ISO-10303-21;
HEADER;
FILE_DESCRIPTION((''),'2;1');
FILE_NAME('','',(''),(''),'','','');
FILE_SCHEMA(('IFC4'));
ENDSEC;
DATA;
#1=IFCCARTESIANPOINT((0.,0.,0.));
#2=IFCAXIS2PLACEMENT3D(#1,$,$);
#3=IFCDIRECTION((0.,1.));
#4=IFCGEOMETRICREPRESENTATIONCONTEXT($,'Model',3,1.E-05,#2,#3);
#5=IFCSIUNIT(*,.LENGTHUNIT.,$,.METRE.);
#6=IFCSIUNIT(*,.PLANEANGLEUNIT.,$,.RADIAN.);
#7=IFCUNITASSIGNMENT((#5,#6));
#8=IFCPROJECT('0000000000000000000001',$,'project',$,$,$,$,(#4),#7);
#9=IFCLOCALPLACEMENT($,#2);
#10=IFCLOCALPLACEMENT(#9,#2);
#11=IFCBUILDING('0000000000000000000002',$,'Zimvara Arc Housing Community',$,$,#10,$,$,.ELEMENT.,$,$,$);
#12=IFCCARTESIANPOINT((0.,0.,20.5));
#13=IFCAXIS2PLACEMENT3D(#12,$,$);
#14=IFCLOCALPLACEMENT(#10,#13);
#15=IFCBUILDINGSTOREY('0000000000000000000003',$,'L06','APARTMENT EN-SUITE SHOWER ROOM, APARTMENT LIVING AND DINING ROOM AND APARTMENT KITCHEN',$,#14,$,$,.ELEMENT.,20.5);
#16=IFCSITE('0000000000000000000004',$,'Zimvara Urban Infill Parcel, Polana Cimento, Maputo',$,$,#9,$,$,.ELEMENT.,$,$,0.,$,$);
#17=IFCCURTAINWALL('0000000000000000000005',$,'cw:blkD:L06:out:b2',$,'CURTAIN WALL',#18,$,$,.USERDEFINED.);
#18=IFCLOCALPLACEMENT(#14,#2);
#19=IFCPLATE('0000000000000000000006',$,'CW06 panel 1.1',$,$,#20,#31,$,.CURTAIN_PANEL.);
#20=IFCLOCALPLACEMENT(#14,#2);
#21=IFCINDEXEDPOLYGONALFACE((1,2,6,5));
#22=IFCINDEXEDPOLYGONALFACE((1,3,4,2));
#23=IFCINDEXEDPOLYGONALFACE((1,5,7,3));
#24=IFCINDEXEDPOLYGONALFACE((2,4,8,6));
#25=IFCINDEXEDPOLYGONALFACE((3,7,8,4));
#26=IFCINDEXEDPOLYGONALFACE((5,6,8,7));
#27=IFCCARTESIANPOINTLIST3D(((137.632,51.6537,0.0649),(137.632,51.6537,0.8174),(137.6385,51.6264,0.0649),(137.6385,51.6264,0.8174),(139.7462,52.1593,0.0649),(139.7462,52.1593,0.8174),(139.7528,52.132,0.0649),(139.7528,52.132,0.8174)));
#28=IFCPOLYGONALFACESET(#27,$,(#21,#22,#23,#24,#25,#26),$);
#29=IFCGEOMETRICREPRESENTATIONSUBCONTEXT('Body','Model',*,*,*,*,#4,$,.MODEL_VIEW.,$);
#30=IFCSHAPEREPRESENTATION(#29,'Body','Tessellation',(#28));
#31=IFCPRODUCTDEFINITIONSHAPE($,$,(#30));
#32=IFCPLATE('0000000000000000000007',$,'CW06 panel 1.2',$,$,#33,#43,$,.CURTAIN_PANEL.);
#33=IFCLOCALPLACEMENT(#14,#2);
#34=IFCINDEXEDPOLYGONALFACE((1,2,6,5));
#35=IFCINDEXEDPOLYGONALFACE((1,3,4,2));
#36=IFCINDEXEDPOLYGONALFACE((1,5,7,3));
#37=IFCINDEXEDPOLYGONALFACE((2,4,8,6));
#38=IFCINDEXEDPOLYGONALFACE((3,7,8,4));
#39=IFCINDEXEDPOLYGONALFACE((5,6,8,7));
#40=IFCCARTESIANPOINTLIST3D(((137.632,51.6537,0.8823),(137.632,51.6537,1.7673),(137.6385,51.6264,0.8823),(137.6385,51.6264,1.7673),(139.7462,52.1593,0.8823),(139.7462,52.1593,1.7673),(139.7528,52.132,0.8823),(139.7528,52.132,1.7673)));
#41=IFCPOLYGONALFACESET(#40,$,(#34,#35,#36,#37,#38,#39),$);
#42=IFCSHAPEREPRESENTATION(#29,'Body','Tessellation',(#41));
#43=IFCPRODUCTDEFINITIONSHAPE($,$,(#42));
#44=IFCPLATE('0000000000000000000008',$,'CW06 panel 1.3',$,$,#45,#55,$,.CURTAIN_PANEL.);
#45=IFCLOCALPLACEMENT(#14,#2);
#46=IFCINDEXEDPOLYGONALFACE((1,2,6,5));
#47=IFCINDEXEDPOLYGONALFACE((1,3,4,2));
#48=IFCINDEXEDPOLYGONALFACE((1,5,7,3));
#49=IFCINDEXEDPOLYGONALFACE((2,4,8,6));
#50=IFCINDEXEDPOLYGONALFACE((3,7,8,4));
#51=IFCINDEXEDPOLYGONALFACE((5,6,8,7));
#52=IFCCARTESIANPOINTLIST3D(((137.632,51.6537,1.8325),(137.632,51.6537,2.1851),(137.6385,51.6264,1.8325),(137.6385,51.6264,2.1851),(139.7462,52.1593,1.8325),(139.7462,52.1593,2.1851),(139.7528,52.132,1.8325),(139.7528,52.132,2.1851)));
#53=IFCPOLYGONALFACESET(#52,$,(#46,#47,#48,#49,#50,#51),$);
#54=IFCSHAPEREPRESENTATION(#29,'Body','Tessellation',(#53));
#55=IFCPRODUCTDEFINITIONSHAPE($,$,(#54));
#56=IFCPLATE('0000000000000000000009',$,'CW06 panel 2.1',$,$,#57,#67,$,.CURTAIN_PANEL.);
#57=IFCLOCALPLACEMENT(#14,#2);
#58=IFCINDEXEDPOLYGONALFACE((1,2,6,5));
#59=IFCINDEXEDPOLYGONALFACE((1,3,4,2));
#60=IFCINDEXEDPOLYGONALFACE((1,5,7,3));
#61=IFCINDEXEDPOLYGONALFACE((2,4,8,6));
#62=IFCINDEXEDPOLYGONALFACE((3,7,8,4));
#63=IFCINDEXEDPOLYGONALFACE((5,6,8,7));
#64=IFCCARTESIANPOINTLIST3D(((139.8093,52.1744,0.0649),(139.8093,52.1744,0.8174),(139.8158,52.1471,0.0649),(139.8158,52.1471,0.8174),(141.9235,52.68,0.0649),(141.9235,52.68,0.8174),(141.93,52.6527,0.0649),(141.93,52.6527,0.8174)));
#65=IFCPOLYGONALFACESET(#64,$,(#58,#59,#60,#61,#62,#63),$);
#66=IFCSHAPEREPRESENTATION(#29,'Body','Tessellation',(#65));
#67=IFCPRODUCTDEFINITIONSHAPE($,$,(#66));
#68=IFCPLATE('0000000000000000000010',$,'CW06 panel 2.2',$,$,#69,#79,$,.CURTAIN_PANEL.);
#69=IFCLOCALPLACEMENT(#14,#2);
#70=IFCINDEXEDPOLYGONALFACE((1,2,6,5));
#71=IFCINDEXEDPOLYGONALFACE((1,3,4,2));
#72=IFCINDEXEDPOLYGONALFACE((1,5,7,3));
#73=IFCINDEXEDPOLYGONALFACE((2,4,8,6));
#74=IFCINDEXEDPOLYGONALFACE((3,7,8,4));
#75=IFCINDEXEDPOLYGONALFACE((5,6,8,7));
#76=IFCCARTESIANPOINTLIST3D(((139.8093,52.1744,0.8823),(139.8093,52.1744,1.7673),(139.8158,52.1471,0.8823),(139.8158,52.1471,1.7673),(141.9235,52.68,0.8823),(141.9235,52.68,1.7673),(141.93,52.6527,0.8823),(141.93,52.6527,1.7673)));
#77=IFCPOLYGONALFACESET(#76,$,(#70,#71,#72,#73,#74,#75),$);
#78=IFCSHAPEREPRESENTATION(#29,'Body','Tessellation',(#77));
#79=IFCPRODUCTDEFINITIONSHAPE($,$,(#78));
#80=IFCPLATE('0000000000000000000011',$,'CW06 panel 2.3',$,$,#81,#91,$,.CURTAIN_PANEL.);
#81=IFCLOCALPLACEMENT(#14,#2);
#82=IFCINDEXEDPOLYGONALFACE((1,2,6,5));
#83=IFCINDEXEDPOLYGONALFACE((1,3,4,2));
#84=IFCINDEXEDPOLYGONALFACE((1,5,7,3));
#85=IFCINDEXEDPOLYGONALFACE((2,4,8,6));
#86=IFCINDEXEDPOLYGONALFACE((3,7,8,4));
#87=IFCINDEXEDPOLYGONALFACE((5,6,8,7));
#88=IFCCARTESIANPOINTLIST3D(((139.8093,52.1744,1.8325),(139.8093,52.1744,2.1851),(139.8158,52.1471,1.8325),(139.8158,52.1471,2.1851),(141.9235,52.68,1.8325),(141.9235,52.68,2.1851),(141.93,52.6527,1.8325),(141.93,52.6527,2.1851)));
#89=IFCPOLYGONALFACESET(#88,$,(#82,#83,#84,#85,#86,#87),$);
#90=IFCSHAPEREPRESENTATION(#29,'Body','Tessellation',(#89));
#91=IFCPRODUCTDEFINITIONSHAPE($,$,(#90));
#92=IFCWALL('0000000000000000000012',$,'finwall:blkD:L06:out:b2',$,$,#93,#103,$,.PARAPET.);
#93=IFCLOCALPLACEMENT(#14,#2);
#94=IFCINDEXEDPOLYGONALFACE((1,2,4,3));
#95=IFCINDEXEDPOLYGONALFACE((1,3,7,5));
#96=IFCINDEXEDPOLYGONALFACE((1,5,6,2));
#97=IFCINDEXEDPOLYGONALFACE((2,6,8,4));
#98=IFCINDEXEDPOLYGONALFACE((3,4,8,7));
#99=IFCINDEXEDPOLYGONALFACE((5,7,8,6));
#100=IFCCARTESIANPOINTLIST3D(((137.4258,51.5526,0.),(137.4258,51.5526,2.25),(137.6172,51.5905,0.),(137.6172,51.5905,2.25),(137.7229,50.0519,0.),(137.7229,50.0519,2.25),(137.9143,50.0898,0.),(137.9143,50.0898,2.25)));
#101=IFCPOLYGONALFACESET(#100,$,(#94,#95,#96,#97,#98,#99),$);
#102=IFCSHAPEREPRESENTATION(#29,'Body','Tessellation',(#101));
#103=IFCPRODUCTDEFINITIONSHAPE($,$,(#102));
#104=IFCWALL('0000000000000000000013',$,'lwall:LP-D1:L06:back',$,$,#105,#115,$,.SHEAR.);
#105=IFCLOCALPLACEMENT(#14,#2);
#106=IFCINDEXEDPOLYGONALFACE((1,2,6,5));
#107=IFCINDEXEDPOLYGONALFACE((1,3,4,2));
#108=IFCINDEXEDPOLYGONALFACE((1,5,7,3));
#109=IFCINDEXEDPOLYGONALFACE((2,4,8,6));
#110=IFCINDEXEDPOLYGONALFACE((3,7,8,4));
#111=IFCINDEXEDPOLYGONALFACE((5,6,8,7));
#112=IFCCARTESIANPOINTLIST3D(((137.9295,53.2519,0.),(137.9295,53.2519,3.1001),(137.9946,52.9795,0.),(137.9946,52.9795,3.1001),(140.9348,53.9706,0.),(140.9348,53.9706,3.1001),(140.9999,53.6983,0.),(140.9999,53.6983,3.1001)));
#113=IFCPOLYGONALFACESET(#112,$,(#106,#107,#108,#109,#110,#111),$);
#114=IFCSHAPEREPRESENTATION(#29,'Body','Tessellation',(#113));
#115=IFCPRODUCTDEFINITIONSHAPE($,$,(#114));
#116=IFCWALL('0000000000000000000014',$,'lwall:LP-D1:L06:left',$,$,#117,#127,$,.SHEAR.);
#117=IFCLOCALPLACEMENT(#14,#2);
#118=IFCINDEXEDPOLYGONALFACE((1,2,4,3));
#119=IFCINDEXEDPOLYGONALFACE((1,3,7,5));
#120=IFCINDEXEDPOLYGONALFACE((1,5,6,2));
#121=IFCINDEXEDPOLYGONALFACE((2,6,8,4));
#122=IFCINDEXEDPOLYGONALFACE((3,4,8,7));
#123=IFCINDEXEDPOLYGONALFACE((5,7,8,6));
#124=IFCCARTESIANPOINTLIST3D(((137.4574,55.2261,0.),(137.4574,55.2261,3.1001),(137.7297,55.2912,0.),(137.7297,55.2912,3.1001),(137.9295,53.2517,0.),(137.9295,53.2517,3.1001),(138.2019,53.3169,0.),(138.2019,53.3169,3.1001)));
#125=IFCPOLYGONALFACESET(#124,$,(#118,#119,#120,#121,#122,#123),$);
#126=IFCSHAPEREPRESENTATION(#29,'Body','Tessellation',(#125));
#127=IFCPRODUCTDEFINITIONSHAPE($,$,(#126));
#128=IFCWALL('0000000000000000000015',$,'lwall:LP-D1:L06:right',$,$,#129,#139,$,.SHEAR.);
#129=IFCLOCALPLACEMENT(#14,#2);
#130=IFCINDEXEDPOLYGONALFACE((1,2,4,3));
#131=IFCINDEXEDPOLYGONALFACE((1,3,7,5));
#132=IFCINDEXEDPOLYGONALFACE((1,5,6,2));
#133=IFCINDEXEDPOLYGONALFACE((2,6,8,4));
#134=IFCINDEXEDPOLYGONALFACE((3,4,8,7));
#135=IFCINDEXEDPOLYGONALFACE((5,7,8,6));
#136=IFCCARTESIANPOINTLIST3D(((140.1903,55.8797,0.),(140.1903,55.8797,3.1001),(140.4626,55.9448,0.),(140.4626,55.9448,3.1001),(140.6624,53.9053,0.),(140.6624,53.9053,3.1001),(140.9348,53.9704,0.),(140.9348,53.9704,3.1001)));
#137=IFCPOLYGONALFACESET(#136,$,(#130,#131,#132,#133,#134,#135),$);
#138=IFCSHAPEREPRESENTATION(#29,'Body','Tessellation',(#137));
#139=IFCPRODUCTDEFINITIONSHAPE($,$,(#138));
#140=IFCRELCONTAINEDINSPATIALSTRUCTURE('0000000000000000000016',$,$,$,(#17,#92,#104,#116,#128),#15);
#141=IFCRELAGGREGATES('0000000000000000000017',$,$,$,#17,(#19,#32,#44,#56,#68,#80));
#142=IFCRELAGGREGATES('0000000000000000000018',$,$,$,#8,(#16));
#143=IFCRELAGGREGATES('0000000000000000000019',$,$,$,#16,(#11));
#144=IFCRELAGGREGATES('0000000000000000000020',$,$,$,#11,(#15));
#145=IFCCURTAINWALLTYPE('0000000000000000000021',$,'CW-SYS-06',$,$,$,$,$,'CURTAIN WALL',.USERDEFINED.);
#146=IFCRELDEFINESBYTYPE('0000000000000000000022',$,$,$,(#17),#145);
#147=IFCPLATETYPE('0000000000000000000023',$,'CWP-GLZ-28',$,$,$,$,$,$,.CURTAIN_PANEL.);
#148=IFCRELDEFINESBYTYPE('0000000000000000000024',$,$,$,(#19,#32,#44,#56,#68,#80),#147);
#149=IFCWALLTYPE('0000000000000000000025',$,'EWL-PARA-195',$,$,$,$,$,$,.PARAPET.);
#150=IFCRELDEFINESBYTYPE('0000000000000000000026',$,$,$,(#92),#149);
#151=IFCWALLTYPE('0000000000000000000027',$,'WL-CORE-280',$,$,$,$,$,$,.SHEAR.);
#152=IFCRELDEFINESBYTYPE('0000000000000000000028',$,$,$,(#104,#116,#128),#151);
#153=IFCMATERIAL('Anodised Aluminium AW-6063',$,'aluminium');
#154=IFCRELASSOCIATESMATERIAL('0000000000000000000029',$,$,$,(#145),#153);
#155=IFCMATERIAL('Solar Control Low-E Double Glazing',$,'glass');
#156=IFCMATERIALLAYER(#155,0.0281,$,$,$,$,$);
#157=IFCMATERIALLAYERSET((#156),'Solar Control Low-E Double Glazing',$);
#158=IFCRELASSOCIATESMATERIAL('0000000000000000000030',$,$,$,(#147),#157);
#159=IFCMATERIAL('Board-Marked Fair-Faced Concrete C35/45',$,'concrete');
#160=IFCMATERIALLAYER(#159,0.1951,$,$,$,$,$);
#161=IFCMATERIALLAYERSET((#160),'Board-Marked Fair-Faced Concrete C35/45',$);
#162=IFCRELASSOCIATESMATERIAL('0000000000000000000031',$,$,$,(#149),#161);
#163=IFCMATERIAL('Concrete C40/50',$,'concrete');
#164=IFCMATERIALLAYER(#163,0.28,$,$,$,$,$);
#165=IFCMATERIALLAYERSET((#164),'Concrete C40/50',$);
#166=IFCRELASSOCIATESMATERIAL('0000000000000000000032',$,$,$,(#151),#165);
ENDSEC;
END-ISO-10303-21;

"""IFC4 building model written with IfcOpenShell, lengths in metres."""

from ifc_helpers import new_model, si_unit, direction, frame, frame_2d, origin, origin_2d, place, context, subcontext, project, spatial, rectangle, extrude, material, layer, layer_set, type_object, element, aggregate, save


model = new_model("IFC4")

# Units and contexts
model_context = context("Model", 3, precision=1e-05, world=origin(), true_north=direction((0.0, 1.0)))
body_context = subcontext(model_context, "Body", "Model", "MODEL_VIEW")
ifc_project = project(units=[si_unit("LENGTHUNIT", "METRE"), si_unit("PLANEANGLEUNIT", "RADIAN")], contexts=[model_context])

# Site, building, storey
site_placement = place(None, origin())
site = spatial("IfcSite", under=ifc_project, at=site_placement, Name="Zimvara Urban Infill Parcel, Polana Cimento, Maputo", CompositionType="ELEMENT", RefElevation=0.0)
building_placement = place(site_placement, origin())
building = spatial("IfcBuilding", under=site, at=building_placement, Name="Zimvara Arc Housing Community", CompositionType="ELEMENT")
storey_placement = place(building_placement, frame((0.0, 0.0, 20.5)))
storey = spatial("IfcBuildingStorey", under=building, at=storey_placement, Name="L06", Description="APARTMENT EN-SUITE SHOWER ROOM, APARTMENT LIVING AND DINING ROOM AND APARTMENT KITCHEN", CompositionType="ELEMENT", Elevation=20.5)

# Curtain wall, plates
ifc_material_1 = material(Name="Anodised Aluminium AW-6063", Category="aluminium")
curtain_wall_type = type_object("IfcCurtainWallType", Name="CW-SYS-06", ElementType="CURTAIN WALL", PredefinedType="USERDEFINED", material=ifc_material_1)
curtain_wall_placement = place(storey_placement, origin())
curtain_wall = element("IfcCurtainWall", 1, at=curtain_wall_placement, inside=storey, type_object=curtain_wall_type, Name="cw:blkD:L06:out:b2", ObjectType="CURTAIN WALL", PredefinedType="USERDEFINED")
ifc_material_2 = material(Name="Solar Control Low-E Double Glazing", Category="glass")
ifc_layer_1 = layer(ifc_material_2, 0.0281)
ifc_layer_set_1 = layer_set([ifc_layer_1], Name="Solar Control Low-E Double Glazing")
plate_type = type_object("IfcPlateType", Name="CWP-GLZ-28", PredefinedType="CURTAIN_PANEL", material=ifc_layer_set_1)
plate_1_placement = place(storey_placement, frame((138.6924, 51.8928, 0.0649), z_axis=(0.0, 0.0, 1.0), x_axis=(0.972573, 0.232597, 0.0)))
plate_1 = element("IfcPlate", 2, at=plate_1_placement, type_object=plate_type, Name="CW06 panel 1.1", PredefinedType="CURTAIN_PANEL", context=body_context, shape_type="SweptSolid", body=[
    extrude(rectangle(XDim=2.1738, YDim=0.0281, at=origin_2d()), origin(), (0.0, 0.0, 1.0), 0.7524),
])
plate_2_placement = place(storey_placement, frame((138.6924, 51.8928, 0.8823), z_axis=(0.0, 0.0, 1.0), x_axis=(0.972573, 0.232597, 0.0)))
plate_2 = element("IfcPlate", 3, at=plate_2_placement, type_object=plate_type, Name="CW06 panel 1.2", PredefinedType="CURTAIN_PANEL", context=body_context, shape_type="SweptSolid", body=[
    extrude(rectangle(XDim=2.1738, YDim=0.0281, at=origin_2d()), origin(), (0.0, 0.0, 1.0), 0.885),
])
plate_3_placement = place(storey_placement, frame((138.6924, 51.8928, 1.8325), z_axis=(0.0, 0.0, 1.0), x_axis=(0.972573, 0.232597, 0.0)))
plate_3 = element("IfcPlate", 4, at=plate_3_placement, type_object=plate_type, Name="CW06 panel 1.3", PredefinedType="CURTAIN_PANEL", context=body_context, shape_type="SweptSolid", body=[
    extrude(rectangle(XDim=2.1738, YDim=0.0281, at=origin_2d()), origin(), (0.0, 0.0, 1.0), 0.3525),
])
plate_4_placement = place(storey_placement, frame((140.8696, 52.4136, 0.0649), z_axis=(0.0, 0.0, 1.0), x_axis=(0.972573, 0.232597, 0.0)))
plate_4 = element("IfcPlate", 5, at=plate_4_placement, type_object=plate_type, Name="CW06 panel 2.1", PredefinedType="CURTAIN_PANEL", context=body_context, shape_type="SweptSolid", body=[
    extrude(rectangle(XDim=2.1738, YDim=0.0281, at=origin_2d()), origin(), (0.0, 0.0, 1.0), 0.7524),
])
plate_5_placement = place(storey_placement, frame((140.8696, 52.4136, 0.8823), z_axis=(0.0, 0.0, 1.0), x_axis=(0.972573, 0.232597, 0.0)))
plate_5 = element("IfcPlate", 6, at=plate_5_placement, type_object=plate_type, Name="CW06 panel 2.2", PredefinedType="CURTAIN_PANEL", context=body_context, shape_type="SweptSolid", body=[
    extrude(rectangle(XDim=2.1738, YDim=0.0281, at=origin_2d()), origin(), (0.0, 0.0, 1.0), 0.885),
])
plate_6_placement = place(storey_placement, frame((140.8696, 52.4136, 1.8325), z_axis=(0.0, 0.0, 1.0), x_axis=(0.972573, 0.232597, 0.0)))
plate_6 = element("IfcPlate", 7, at=plate_6_placement, type_object=plate_type, Name="CW06 panel 2.3", PredefinedType="CURTAIN_PANEL", context=body_context, shape_type="SweptSolid", body=[
    extrude(rectangle(XDim=2.1738, YDim=0.0281, at=origin_2d()), origin(), (0.0, 0.0, 1.0), 0.3525),
])
aggregate(curtain_wall, [plate_1, plate_2, plate_3, plate_4, plate_5, plate_6])

# Wall
ifc_material_3 = material(Name="Board-Marked Fair-Faced Concrete C35/45", Category="concrete")
ifc_layer_2 = layer(ifc_material_3, 0.1951)
ifc_layer_set_2 = layer_set([ifc_layer_2], Name="Board-Marked Fair-Faced Concrete C35/45")
wall_type_1 = type_object("IfcWallType", Name="EWL-PARA-195", PredefinedType="PARAPET", material=ifc_layer_set_2)
wall_1_placement = place(storey_placement, frame((137.5215, 51.5715, 0.0), z_axis=(0.0, 0.0, 1.0), x_axis=(0.194213, -0.980959, 0.0)))
element("IfcWall", 8, at=wall_1_placement, inside=storey, type_object=wall_type_1, Name="finwall:blkD:L06:out:b2", PredefinedType="PARAPET", context=body_context, shape_type="SweptSolid", body=[
    extrude(rectangle(XDim=1.5298, YDim=0.1951, at=frame_2d((0.7649, 0.0))), origin(), (0.0, 0.0, 1.0), 2.25),
])

# Shared definitions
ifc_material_4 = material(Name="Concrete C40/50", Category="concrete")
ifc_layer_3 = layer(ifc_material_4, 0.28)
ifc_layer_set_3 = layer_set([ifc_layer_3], Name="Concrete C40/50")
wall_type_2 = type_object("IfcWallType", Name="WL-CORE-280", PredefinedType="SHEAR", material=ifc_layer_set_3)

# Walls
wall_2_placement = place(storey_placement, frame((137.9622, 53.1157, 0.0), z_axis=(0.0, 0.0, 1.0), x_axis=(0.972573, 0.232596, 0.0)))
element("IfcWall", 9, at=wall_2_placement, inside=storey, type_object=wall_type_2, Name="lwall:LP-D1:L06:back", PredefinedType="SHEAR", context=body_context, shape_type="SweptSolid", body=[
    extrude(rectangle(XDim=3.0901, YDim=0.28, at=frame_2d((1.5449, 0.0))), origin(), (0.0, 0.0, 1.0), 3.1001),
])
for number, where, z_axis, x_axis, name in (
    (10, (137.5935, 55.2588, 0.0), (0.0, 0.0, 1.0), (0.232591, -0.972575, 0.0), "lwall:LP-D1:L06:left"),
    (11, (140.3264, 55.9124, 0.0), (0.0, 0.0, 1.0), (0.232591, -0.972575, 0.0), "lwall:LP-D1:L06:right"),
):
    element("IfcWall", number, at=place(storey_placement, frame(where, z_axis=z_axis, x_axis=x_axis)), inside=storey, type_object=wall_type_2, Name=name, PredefinedType="SHEAR", context=body_context, shape_type="SweptSolid", body=[
        extrude(rectangle(XDim=2.03, YDim=0.28, at=frame_2d((1.0151, 0.0))), origin(), (0.0, 0.0, 1.0), 3.1001),
    ])

save(model, "model.ifc")
